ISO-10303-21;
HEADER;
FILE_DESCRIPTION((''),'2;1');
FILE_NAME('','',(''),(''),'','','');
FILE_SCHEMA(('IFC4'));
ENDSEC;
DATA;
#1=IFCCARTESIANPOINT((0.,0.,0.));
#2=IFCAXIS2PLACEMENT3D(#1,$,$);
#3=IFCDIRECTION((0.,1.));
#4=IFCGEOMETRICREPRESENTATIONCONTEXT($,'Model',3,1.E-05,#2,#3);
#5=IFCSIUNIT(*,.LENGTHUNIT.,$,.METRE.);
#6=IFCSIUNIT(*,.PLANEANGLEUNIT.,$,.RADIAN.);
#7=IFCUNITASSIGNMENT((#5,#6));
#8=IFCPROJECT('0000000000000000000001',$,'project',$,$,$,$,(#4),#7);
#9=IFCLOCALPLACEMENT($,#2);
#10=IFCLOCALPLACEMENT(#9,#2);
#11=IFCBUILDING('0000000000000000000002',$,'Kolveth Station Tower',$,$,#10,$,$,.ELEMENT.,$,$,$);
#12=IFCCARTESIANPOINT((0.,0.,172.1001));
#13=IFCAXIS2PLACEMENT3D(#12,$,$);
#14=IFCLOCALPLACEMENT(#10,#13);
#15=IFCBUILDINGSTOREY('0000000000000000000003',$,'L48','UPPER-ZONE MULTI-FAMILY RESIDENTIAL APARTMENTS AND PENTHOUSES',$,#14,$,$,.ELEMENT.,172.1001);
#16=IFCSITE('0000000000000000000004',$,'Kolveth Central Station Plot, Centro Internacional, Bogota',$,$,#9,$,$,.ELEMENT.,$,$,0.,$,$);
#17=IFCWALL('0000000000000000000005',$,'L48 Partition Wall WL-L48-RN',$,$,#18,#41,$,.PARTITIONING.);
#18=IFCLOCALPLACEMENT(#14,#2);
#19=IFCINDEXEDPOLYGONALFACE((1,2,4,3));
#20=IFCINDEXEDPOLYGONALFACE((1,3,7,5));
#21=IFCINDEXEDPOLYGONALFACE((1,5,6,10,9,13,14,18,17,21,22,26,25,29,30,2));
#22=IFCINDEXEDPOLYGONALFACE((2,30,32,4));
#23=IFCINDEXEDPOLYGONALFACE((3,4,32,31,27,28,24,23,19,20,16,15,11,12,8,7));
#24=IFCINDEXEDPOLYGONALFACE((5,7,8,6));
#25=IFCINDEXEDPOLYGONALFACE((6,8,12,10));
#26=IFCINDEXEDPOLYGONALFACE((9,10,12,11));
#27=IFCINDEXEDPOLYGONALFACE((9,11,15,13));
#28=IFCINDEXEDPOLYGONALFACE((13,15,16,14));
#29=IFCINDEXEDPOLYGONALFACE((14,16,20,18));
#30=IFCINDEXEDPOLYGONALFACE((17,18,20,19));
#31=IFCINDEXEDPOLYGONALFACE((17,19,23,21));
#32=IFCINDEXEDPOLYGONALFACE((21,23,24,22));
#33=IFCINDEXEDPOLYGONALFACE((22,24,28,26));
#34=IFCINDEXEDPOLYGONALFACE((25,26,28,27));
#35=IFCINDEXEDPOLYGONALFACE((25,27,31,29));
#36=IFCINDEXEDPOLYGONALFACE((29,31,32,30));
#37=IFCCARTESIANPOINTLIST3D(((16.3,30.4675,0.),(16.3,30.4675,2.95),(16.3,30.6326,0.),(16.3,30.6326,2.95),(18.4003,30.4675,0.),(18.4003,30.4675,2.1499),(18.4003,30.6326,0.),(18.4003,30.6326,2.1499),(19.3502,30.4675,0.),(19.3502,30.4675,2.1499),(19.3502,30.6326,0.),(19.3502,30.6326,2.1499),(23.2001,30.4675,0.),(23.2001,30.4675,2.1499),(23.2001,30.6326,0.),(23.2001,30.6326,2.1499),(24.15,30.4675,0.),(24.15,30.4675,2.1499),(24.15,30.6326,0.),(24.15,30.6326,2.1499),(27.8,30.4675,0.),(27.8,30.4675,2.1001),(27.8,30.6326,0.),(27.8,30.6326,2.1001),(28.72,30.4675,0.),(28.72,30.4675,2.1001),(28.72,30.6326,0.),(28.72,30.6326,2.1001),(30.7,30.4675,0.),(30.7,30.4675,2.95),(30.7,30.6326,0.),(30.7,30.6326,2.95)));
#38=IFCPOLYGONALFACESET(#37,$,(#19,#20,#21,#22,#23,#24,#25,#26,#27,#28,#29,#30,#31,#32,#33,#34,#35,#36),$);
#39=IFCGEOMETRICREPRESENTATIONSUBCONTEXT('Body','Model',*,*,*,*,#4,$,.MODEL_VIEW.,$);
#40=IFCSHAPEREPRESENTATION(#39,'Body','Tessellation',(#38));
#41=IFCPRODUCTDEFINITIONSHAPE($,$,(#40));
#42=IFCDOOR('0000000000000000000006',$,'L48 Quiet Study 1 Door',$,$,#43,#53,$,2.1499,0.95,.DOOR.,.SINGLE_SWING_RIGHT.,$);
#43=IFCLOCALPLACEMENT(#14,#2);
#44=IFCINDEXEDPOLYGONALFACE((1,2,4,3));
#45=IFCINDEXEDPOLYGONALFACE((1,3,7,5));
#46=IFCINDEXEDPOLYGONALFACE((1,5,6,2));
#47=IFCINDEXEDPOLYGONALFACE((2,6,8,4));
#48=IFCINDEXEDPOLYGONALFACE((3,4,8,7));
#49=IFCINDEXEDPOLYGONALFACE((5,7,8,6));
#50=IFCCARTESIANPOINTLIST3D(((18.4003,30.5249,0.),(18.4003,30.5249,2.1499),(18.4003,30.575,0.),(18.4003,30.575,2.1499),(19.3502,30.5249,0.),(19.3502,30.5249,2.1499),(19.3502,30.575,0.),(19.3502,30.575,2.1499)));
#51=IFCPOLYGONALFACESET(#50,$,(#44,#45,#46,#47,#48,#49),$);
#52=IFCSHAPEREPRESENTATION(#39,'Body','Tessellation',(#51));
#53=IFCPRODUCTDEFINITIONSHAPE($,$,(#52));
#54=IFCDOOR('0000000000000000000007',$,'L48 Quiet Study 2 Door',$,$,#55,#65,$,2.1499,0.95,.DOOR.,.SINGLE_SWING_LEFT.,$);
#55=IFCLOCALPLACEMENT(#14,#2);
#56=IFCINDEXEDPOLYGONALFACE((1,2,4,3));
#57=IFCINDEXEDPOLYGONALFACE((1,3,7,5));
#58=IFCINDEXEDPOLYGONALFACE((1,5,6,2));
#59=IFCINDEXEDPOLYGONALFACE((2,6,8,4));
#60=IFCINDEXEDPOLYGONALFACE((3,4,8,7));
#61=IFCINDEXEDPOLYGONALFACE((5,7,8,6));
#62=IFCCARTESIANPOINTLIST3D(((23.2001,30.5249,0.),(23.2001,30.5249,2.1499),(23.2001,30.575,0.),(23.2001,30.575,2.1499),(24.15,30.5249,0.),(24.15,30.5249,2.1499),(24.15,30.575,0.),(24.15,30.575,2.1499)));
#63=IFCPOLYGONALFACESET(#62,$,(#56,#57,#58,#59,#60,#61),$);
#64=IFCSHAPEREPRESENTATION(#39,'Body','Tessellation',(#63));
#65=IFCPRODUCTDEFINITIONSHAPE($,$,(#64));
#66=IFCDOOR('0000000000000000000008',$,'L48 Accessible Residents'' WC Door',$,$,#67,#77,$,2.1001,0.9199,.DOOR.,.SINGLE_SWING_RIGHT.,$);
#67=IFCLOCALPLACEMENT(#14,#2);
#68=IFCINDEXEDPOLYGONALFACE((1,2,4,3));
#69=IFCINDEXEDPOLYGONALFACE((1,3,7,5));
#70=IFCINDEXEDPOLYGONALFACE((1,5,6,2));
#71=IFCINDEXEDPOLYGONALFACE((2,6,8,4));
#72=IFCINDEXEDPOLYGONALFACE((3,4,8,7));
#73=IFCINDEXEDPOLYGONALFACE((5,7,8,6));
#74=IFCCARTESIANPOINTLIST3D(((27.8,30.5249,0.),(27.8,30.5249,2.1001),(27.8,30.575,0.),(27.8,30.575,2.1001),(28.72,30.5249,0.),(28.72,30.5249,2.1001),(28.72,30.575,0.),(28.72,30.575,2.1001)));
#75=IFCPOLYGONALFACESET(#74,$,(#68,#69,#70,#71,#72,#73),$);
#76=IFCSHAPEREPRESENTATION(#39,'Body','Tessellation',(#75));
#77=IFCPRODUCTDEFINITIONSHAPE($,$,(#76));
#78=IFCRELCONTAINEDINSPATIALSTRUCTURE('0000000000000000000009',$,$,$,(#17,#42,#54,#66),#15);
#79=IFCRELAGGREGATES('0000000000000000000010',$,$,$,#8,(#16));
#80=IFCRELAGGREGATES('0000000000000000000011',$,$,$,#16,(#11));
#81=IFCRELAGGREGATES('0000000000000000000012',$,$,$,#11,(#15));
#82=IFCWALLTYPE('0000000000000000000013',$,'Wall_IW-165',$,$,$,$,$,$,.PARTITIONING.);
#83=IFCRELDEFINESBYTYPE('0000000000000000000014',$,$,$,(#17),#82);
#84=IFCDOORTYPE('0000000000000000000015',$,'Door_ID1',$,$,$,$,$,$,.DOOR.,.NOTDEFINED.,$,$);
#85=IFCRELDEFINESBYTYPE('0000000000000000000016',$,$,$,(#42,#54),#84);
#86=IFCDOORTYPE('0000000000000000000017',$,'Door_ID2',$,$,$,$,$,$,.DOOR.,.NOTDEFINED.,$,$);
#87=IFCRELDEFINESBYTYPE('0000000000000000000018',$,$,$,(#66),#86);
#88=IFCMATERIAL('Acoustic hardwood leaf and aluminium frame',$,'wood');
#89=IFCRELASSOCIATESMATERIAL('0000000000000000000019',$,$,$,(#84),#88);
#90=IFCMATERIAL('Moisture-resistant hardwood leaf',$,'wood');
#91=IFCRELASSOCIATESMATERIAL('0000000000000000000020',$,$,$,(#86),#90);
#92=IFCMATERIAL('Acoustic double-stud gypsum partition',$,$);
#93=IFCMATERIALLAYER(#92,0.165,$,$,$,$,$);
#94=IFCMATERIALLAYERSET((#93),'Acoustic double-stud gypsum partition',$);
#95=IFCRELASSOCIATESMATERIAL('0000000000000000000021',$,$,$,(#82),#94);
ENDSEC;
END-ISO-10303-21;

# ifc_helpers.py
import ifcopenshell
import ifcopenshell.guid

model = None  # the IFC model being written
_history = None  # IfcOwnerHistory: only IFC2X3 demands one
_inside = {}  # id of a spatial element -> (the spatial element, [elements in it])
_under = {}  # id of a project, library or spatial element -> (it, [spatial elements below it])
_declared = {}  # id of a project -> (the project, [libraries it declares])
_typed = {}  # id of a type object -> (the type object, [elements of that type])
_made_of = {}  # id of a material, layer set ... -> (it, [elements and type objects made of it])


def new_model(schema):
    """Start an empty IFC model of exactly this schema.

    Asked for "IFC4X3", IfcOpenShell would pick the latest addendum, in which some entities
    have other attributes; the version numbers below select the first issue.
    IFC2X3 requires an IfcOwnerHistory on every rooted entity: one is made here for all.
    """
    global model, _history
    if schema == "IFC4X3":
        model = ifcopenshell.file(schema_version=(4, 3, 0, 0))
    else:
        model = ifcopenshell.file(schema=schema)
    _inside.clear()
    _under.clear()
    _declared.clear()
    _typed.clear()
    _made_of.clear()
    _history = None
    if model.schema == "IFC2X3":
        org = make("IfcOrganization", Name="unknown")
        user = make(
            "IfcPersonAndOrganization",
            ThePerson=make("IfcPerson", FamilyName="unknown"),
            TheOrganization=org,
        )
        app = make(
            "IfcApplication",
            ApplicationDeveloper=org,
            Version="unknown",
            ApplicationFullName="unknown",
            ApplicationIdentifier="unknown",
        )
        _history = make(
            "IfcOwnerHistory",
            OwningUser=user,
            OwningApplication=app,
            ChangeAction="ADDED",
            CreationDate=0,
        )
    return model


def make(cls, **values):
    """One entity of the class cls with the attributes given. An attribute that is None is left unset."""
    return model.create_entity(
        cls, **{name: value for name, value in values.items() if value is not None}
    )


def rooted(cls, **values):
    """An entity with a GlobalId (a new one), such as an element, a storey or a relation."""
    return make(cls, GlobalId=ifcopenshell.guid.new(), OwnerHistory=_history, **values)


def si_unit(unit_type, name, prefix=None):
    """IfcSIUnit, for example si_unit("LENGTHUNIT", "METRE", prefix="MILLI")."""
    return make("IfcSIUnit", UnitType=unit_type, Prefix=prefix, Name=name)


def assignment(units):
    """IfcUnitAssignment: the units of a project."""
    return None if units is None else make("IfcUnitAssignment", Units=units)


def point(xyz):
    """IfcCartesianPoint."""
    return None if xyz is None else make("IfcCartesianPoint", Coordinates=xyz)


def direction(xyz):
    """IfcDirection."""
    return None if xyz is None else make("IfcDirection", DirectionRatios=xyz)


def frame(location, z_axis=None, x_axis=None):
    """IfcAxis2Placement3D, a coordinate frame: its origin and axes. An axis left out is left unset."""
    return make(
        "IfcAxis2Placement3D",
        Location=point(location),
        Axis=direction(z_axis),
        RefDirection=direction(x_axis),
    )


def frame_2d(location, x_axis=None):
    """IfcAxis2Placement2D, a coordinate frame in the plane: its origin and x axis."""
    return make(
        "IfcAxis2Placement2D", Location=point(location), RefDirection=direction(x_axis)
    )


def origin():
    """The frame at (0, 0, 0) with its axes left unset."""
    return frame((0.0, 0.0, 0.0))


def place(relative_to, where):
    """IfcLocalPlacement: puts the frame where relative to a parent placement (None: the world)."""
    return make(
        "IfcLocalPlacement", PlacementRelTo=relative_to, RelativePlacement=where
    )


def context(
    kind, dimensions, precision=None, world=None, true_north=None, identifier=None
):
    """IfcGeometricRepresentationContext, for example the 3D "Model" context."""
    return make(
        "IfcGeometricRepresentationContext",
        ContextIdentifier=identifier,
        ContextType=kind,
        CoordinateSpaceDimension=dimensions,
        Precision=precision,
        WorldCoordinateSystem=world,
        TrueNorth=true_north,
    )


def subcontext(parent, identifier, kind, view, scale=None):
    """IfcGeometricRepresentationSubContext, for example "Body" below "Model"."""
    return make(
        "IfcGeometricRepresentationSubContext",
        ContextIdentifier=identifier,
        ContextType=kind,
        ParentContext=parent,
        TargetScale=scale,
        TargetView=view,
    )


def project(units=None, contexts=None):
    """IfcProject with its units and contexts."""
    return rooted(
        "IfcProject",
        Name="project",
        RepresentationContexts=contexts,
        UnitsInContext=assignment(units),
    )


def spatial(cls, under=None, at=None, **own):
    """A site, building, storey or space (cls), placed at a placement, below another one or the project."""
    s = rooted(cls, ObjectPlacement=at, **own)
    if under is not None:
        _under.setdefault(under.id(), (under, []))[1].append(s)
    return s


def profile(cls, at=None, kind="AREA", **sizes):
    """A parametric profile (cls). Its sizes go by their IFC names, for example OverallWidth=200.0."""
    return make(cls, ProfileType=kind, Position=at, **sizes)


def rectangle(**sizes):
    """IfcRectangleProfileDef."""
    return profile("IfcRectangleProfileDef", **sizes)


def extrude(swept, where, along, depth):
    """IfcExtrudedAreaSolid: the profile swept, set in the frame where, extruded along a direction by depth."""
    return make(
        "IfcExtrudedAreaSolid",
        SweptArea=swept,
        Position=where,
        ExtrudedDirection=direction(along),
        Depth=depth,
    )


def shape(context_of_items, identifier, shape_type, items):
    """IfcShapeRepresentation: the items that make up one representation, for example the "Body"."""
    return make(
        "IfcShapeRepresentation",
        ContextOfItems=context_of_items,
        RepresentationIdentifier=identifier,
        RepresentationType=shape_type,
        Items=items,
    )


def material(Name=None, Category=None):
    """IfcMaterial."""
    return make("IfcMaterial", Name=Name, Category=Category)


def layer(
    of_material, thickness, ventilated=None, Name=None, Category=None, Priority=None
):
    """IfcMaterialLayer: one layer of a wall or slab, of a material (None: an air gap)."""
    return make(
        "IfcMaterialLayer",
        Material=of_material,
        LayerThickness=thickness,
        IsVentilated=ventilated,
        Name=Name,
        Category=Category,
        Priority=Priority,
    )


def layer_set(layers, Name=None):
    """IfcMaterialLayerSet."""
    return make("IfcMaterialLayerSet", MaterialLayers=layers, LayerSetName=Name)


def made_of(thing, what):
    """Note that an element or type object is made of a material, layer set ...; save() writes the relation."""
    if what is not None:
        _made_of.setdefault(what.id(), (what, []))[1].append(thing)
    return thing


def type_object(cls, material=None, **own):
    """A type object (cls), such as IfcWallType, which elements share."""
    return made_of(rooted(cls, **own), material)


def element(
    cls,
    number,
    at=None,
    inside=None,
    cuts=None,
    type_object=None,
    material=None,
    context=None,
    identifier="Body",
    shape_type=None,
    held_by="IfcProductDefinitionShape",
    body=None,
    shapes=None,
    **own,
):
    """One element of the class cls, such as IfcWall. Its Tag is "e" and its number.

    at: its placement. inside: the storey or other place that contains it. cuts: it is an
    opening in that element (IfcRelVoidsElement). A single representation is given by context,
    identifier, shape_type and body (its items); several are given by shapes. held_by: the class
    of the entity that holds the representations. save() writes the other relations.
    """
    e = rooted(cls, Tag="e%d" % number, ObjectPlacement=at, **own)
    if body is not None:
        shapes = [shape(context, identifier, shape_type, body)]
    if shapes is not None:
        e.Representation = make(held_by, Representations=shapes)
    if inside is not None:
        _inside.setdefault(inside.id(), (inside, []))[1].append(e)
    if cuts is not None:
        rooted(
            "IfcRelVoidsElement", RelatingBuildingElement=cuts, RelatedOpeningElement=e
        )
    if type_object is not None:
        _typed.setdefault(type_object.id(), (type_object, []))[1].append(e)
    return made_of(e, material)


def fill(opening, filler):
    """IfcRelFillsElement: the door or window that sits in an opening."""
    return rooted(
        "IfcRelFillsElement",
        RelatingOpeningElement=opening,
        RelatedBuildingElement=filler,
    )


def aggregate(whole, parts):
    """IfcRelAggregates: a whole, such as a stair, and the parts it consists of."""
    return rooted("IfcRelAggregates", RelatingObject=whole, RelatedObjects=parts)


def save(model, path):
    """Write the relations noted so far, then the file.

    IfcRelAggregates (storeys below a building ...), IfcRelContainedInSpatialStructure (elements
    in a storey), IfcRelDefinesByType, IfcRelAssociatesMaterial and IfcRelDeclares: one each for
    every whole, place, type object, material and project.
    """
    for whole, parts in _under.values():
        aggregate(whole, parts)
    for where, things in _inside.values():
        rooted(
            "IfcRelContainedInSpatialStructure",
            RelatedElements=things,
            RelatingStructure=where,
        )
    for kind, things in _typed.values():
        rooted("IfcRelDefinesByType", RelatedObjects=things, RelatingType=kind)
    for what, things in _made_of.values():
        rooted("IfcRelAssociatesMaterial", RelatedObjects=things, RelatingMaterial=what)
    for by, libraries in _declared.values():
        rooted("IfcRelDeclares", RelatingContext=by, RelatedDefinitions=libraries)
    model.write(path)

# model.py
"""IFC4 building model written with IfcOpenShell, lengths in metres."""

from ifc_helpers import new_model, si_unit, direction, frame, frame_2d, origin, place, context, subcontext, project, spatial, rectangle, extrude, material, layer, layer_set, type_object, element, fill, save


model = new_model("IFC4")

# Units and contexts
model_context = context("Model", 3, precision=1e-05, world=origin(), true_north=direction((0.0, 1.0)))
body_context = subcontext(model_context, "Body", "Model", "MODEL_VIEW")
ifc_project = project(units=[si_unit("LENGTHUNIT", "METRE"), si_unit("PLANEANGLEUNIT", "RADIAN")], contexts=[model_context])

# Site, building, storey
site_placement = place(None, origin())
site = spatial("IfcSite", under=ifc_project, at=site_placement, Name="Kolveth Central Station Plot, Centro Internacional, Bogota", CompositionType="ELEMENT", RefElevation=0.0)
building_placement = place(site_placement, origin())
building = spatial("IfcBuilding", under=site, at=building_placement, Name="Kolveth Station Tower", CompositionType="ELEMENT")
storey_placement = place(building_placement, frame((0.0, 0.0, 172.1001)))
storey = spatial("IfcBuildingStorey", under=building, at=storey_placement, Name="L48", Description="UPPER-ZONE MULTI-FAMILY RESIDENTIAL APARTMENTS AND PENTHOUSES", CompositionType="ELEMENT", Elevation=172.1001)

# Shared definitions
ifc_material_1 = material(Name="Acoustic hardwood leaf and aluminium frame", Category="wood")
door_type_1 = type_object("IfcDoorType", Name="Door_ID1", OperationType="NOTDEFINED", PredefinedType="DOOR", material=ifc_material_1)
ifc_material_2 = material(Name="Moisture-resistant hardwood leaf", Category="wood")
door_type_2 = type_object("IfcDoorType", Name="Door_ID2", OperationType="NOTDEFINED", PredefinedType="DOOR", material=ifc_material_2)

# Wall, openings, doors
ifc_material_3 = material(Name="Acoustic double-stud gypsum partition")
ifc_layer_1 = layer(ifc_material_3, 0.165)
ifc_layer_set_1 = layer_set([ifc_layer_1], Name="Acoustic double-stud gypsum partition")
wall_type_1 = type_object("IfcWallType", Name="Wall_IW-165", PredefinedType="PARTITIONING", material=ifc_layer_set_1)
wall_1_placement = place(storey_placement, frame((16.3, 30.55, 0.0), z_axis=(0.0, 0.0, 1.0), x_axis=(1.0, 0.0, 0.0)))
wall_1 = element("IfcWall", 1, at=wall_1_placement, inside=storey, type_object=wall_type_1, Name="L48 Partition Wall WL-L48-RN", PredefinedType="PARTITIONING", context=body_context, shape_type="SweptSolid", body=[
    extrude(rectangle(XDim=14.3999, YDim=0.165, at=frame_2d((7.2, 0.0))), origin(), (0.0, 0.0, 1.0), 2.95),
])
opening_1_placement = place(wall_1_placement, frame((2.1001, 0.0, 0.0)))
opening_1 = element("IfcOpeningElement", 2, at=opening_1_placement, cuts=wall_1, PredefinedType="OPENING", context=body_context, shape_type="SweptSolid", body=[
    extrude(rectangle(XDim=0.95, YDim=2.1499, at=frame_2d((0.4751, 1.075))), frame((0.0, 0.0925, 0.0), z_axis=(0.0, -1.0, 0.0), x_axis=(1.0, 0.0, 0.0)), (0.0, 0.0, 1.0), 0.1851),
])
opening_2_placement = place(wall_1_placement, frame((6.8999, 0.0, 0.0)))
opening_2 = element("IfcOpeningElement", 3, at=opening_2_placement, cuts=wall_1, PredefinedType="OPENING", context=body_context, shape_type="SweptSolid", body=[
    extrude(rectangle(XDim=0.95, YDim=2.1499, at=frame_2d((0.4751, 1.075))), frame((0.0, 0.0925, 0.0), z_axis=(0.0, -1.0, 0.0), x_axis=(1.0, 0.0, 0.0)), (0.0, 0.0, 1.0), 0.1851),
])
opening_3_placement = place(wall_1_placement, frame((11.5, 0.0, 0.0)))
opening_3 = element("IfcOpeningElement", 4, at=opening_3_placement, cuts=wall_1, PredefinedType="OPENING", context=body_context, shape_type="SweptSolid", body=[
    extrude(rectangle(XDim=0.9199, YDim=2.1001, at=frame_2d((0.46, 1.05))), frame((0.0, 0.0925, 0.0), z_axis=(0.0, -1.0, 0.0), x_axis=(1.0, 0.0, 0.0)), (0.0, 0.0, 1.0), 0.1851),
])
door_1_placement = place(opening_1_placement, origin())
door_1 = element("IfcDoor", 5, at=door_1_placement, inside=storey, type_object=door_type_1, Name="L48 Quiet Study 1 Door", OperationType="SINGLE_SWING_RIGHT", OverallHeight=2.1499, OverallWidth=0.95, PredefinedType="DOOR", context=body_context, shape_type="SweptSolid", body=[
    extrude(rectangle(XDim=0.95, YDim=2.1499, at=frame_2d((0.4751, 1.075))), frame((0.0, 0.0249, 0.0), z_axis=(0.0, -1.0, 0.0), x_axis=(1.0, 0.0, 0.0)), (0.0, 0.0, 1.0), 0.05),
])
fill(opening_1, door_1)
door_2_placement = place(opening_2_placement, origin())
door_2 = element("IfcDoor", 6, at=door_2_placement, inside=storey, type_object=door_type_1, Name="L48 Quiet Study 2 Door", OperationType="SINGLE_SWING_LEFT", OverallHeight=2.1499, OverallWidth=0.95, PredefinedType="DOOR", context=body_context, shape_type="SweptSolid", body=[
    extrude(rectangle(XDim=0.95, YDim=2.1499, at=frame_2d((0.4751, 1.075))), frame((0.0, 0.0249, 0.0), z_axis=(0.0, -1.0, 0.0), x_axis=(1.0, 0.0, 0.0)), (0.0, 0.0, 1.0), 0.05),
])
fill(opening_2, door_2)
door_3_placement = place(opening_3_placement, origin())
door_3 = element("IfcDoor", 7, at=door_3_placement, inside=storey, type_object=door_type_2, Name="L48 Accessible Residents' WC Door", OperationType="SINGLE_SWING_RIGHT", OverallHeight=2.1001, OverallWidth=0.9199, PredefinedType="DOOR", context=body_context, shape_type="SweptSolid", body=[
    extrude(rectangle(XDim=0.9199, YDim=2.1001, at=frame_2d((0.46, 1.05))), frame((0.0, 0.0249, 0.0), z_axis=(0.0, -1.0, 0.0), x_axis=(1.0, 0.0, 0.0)), (0.0, 0.0, 1.0), 0.05),
])
fill(opening_3, door_3)

save(model, "model.ifc")
